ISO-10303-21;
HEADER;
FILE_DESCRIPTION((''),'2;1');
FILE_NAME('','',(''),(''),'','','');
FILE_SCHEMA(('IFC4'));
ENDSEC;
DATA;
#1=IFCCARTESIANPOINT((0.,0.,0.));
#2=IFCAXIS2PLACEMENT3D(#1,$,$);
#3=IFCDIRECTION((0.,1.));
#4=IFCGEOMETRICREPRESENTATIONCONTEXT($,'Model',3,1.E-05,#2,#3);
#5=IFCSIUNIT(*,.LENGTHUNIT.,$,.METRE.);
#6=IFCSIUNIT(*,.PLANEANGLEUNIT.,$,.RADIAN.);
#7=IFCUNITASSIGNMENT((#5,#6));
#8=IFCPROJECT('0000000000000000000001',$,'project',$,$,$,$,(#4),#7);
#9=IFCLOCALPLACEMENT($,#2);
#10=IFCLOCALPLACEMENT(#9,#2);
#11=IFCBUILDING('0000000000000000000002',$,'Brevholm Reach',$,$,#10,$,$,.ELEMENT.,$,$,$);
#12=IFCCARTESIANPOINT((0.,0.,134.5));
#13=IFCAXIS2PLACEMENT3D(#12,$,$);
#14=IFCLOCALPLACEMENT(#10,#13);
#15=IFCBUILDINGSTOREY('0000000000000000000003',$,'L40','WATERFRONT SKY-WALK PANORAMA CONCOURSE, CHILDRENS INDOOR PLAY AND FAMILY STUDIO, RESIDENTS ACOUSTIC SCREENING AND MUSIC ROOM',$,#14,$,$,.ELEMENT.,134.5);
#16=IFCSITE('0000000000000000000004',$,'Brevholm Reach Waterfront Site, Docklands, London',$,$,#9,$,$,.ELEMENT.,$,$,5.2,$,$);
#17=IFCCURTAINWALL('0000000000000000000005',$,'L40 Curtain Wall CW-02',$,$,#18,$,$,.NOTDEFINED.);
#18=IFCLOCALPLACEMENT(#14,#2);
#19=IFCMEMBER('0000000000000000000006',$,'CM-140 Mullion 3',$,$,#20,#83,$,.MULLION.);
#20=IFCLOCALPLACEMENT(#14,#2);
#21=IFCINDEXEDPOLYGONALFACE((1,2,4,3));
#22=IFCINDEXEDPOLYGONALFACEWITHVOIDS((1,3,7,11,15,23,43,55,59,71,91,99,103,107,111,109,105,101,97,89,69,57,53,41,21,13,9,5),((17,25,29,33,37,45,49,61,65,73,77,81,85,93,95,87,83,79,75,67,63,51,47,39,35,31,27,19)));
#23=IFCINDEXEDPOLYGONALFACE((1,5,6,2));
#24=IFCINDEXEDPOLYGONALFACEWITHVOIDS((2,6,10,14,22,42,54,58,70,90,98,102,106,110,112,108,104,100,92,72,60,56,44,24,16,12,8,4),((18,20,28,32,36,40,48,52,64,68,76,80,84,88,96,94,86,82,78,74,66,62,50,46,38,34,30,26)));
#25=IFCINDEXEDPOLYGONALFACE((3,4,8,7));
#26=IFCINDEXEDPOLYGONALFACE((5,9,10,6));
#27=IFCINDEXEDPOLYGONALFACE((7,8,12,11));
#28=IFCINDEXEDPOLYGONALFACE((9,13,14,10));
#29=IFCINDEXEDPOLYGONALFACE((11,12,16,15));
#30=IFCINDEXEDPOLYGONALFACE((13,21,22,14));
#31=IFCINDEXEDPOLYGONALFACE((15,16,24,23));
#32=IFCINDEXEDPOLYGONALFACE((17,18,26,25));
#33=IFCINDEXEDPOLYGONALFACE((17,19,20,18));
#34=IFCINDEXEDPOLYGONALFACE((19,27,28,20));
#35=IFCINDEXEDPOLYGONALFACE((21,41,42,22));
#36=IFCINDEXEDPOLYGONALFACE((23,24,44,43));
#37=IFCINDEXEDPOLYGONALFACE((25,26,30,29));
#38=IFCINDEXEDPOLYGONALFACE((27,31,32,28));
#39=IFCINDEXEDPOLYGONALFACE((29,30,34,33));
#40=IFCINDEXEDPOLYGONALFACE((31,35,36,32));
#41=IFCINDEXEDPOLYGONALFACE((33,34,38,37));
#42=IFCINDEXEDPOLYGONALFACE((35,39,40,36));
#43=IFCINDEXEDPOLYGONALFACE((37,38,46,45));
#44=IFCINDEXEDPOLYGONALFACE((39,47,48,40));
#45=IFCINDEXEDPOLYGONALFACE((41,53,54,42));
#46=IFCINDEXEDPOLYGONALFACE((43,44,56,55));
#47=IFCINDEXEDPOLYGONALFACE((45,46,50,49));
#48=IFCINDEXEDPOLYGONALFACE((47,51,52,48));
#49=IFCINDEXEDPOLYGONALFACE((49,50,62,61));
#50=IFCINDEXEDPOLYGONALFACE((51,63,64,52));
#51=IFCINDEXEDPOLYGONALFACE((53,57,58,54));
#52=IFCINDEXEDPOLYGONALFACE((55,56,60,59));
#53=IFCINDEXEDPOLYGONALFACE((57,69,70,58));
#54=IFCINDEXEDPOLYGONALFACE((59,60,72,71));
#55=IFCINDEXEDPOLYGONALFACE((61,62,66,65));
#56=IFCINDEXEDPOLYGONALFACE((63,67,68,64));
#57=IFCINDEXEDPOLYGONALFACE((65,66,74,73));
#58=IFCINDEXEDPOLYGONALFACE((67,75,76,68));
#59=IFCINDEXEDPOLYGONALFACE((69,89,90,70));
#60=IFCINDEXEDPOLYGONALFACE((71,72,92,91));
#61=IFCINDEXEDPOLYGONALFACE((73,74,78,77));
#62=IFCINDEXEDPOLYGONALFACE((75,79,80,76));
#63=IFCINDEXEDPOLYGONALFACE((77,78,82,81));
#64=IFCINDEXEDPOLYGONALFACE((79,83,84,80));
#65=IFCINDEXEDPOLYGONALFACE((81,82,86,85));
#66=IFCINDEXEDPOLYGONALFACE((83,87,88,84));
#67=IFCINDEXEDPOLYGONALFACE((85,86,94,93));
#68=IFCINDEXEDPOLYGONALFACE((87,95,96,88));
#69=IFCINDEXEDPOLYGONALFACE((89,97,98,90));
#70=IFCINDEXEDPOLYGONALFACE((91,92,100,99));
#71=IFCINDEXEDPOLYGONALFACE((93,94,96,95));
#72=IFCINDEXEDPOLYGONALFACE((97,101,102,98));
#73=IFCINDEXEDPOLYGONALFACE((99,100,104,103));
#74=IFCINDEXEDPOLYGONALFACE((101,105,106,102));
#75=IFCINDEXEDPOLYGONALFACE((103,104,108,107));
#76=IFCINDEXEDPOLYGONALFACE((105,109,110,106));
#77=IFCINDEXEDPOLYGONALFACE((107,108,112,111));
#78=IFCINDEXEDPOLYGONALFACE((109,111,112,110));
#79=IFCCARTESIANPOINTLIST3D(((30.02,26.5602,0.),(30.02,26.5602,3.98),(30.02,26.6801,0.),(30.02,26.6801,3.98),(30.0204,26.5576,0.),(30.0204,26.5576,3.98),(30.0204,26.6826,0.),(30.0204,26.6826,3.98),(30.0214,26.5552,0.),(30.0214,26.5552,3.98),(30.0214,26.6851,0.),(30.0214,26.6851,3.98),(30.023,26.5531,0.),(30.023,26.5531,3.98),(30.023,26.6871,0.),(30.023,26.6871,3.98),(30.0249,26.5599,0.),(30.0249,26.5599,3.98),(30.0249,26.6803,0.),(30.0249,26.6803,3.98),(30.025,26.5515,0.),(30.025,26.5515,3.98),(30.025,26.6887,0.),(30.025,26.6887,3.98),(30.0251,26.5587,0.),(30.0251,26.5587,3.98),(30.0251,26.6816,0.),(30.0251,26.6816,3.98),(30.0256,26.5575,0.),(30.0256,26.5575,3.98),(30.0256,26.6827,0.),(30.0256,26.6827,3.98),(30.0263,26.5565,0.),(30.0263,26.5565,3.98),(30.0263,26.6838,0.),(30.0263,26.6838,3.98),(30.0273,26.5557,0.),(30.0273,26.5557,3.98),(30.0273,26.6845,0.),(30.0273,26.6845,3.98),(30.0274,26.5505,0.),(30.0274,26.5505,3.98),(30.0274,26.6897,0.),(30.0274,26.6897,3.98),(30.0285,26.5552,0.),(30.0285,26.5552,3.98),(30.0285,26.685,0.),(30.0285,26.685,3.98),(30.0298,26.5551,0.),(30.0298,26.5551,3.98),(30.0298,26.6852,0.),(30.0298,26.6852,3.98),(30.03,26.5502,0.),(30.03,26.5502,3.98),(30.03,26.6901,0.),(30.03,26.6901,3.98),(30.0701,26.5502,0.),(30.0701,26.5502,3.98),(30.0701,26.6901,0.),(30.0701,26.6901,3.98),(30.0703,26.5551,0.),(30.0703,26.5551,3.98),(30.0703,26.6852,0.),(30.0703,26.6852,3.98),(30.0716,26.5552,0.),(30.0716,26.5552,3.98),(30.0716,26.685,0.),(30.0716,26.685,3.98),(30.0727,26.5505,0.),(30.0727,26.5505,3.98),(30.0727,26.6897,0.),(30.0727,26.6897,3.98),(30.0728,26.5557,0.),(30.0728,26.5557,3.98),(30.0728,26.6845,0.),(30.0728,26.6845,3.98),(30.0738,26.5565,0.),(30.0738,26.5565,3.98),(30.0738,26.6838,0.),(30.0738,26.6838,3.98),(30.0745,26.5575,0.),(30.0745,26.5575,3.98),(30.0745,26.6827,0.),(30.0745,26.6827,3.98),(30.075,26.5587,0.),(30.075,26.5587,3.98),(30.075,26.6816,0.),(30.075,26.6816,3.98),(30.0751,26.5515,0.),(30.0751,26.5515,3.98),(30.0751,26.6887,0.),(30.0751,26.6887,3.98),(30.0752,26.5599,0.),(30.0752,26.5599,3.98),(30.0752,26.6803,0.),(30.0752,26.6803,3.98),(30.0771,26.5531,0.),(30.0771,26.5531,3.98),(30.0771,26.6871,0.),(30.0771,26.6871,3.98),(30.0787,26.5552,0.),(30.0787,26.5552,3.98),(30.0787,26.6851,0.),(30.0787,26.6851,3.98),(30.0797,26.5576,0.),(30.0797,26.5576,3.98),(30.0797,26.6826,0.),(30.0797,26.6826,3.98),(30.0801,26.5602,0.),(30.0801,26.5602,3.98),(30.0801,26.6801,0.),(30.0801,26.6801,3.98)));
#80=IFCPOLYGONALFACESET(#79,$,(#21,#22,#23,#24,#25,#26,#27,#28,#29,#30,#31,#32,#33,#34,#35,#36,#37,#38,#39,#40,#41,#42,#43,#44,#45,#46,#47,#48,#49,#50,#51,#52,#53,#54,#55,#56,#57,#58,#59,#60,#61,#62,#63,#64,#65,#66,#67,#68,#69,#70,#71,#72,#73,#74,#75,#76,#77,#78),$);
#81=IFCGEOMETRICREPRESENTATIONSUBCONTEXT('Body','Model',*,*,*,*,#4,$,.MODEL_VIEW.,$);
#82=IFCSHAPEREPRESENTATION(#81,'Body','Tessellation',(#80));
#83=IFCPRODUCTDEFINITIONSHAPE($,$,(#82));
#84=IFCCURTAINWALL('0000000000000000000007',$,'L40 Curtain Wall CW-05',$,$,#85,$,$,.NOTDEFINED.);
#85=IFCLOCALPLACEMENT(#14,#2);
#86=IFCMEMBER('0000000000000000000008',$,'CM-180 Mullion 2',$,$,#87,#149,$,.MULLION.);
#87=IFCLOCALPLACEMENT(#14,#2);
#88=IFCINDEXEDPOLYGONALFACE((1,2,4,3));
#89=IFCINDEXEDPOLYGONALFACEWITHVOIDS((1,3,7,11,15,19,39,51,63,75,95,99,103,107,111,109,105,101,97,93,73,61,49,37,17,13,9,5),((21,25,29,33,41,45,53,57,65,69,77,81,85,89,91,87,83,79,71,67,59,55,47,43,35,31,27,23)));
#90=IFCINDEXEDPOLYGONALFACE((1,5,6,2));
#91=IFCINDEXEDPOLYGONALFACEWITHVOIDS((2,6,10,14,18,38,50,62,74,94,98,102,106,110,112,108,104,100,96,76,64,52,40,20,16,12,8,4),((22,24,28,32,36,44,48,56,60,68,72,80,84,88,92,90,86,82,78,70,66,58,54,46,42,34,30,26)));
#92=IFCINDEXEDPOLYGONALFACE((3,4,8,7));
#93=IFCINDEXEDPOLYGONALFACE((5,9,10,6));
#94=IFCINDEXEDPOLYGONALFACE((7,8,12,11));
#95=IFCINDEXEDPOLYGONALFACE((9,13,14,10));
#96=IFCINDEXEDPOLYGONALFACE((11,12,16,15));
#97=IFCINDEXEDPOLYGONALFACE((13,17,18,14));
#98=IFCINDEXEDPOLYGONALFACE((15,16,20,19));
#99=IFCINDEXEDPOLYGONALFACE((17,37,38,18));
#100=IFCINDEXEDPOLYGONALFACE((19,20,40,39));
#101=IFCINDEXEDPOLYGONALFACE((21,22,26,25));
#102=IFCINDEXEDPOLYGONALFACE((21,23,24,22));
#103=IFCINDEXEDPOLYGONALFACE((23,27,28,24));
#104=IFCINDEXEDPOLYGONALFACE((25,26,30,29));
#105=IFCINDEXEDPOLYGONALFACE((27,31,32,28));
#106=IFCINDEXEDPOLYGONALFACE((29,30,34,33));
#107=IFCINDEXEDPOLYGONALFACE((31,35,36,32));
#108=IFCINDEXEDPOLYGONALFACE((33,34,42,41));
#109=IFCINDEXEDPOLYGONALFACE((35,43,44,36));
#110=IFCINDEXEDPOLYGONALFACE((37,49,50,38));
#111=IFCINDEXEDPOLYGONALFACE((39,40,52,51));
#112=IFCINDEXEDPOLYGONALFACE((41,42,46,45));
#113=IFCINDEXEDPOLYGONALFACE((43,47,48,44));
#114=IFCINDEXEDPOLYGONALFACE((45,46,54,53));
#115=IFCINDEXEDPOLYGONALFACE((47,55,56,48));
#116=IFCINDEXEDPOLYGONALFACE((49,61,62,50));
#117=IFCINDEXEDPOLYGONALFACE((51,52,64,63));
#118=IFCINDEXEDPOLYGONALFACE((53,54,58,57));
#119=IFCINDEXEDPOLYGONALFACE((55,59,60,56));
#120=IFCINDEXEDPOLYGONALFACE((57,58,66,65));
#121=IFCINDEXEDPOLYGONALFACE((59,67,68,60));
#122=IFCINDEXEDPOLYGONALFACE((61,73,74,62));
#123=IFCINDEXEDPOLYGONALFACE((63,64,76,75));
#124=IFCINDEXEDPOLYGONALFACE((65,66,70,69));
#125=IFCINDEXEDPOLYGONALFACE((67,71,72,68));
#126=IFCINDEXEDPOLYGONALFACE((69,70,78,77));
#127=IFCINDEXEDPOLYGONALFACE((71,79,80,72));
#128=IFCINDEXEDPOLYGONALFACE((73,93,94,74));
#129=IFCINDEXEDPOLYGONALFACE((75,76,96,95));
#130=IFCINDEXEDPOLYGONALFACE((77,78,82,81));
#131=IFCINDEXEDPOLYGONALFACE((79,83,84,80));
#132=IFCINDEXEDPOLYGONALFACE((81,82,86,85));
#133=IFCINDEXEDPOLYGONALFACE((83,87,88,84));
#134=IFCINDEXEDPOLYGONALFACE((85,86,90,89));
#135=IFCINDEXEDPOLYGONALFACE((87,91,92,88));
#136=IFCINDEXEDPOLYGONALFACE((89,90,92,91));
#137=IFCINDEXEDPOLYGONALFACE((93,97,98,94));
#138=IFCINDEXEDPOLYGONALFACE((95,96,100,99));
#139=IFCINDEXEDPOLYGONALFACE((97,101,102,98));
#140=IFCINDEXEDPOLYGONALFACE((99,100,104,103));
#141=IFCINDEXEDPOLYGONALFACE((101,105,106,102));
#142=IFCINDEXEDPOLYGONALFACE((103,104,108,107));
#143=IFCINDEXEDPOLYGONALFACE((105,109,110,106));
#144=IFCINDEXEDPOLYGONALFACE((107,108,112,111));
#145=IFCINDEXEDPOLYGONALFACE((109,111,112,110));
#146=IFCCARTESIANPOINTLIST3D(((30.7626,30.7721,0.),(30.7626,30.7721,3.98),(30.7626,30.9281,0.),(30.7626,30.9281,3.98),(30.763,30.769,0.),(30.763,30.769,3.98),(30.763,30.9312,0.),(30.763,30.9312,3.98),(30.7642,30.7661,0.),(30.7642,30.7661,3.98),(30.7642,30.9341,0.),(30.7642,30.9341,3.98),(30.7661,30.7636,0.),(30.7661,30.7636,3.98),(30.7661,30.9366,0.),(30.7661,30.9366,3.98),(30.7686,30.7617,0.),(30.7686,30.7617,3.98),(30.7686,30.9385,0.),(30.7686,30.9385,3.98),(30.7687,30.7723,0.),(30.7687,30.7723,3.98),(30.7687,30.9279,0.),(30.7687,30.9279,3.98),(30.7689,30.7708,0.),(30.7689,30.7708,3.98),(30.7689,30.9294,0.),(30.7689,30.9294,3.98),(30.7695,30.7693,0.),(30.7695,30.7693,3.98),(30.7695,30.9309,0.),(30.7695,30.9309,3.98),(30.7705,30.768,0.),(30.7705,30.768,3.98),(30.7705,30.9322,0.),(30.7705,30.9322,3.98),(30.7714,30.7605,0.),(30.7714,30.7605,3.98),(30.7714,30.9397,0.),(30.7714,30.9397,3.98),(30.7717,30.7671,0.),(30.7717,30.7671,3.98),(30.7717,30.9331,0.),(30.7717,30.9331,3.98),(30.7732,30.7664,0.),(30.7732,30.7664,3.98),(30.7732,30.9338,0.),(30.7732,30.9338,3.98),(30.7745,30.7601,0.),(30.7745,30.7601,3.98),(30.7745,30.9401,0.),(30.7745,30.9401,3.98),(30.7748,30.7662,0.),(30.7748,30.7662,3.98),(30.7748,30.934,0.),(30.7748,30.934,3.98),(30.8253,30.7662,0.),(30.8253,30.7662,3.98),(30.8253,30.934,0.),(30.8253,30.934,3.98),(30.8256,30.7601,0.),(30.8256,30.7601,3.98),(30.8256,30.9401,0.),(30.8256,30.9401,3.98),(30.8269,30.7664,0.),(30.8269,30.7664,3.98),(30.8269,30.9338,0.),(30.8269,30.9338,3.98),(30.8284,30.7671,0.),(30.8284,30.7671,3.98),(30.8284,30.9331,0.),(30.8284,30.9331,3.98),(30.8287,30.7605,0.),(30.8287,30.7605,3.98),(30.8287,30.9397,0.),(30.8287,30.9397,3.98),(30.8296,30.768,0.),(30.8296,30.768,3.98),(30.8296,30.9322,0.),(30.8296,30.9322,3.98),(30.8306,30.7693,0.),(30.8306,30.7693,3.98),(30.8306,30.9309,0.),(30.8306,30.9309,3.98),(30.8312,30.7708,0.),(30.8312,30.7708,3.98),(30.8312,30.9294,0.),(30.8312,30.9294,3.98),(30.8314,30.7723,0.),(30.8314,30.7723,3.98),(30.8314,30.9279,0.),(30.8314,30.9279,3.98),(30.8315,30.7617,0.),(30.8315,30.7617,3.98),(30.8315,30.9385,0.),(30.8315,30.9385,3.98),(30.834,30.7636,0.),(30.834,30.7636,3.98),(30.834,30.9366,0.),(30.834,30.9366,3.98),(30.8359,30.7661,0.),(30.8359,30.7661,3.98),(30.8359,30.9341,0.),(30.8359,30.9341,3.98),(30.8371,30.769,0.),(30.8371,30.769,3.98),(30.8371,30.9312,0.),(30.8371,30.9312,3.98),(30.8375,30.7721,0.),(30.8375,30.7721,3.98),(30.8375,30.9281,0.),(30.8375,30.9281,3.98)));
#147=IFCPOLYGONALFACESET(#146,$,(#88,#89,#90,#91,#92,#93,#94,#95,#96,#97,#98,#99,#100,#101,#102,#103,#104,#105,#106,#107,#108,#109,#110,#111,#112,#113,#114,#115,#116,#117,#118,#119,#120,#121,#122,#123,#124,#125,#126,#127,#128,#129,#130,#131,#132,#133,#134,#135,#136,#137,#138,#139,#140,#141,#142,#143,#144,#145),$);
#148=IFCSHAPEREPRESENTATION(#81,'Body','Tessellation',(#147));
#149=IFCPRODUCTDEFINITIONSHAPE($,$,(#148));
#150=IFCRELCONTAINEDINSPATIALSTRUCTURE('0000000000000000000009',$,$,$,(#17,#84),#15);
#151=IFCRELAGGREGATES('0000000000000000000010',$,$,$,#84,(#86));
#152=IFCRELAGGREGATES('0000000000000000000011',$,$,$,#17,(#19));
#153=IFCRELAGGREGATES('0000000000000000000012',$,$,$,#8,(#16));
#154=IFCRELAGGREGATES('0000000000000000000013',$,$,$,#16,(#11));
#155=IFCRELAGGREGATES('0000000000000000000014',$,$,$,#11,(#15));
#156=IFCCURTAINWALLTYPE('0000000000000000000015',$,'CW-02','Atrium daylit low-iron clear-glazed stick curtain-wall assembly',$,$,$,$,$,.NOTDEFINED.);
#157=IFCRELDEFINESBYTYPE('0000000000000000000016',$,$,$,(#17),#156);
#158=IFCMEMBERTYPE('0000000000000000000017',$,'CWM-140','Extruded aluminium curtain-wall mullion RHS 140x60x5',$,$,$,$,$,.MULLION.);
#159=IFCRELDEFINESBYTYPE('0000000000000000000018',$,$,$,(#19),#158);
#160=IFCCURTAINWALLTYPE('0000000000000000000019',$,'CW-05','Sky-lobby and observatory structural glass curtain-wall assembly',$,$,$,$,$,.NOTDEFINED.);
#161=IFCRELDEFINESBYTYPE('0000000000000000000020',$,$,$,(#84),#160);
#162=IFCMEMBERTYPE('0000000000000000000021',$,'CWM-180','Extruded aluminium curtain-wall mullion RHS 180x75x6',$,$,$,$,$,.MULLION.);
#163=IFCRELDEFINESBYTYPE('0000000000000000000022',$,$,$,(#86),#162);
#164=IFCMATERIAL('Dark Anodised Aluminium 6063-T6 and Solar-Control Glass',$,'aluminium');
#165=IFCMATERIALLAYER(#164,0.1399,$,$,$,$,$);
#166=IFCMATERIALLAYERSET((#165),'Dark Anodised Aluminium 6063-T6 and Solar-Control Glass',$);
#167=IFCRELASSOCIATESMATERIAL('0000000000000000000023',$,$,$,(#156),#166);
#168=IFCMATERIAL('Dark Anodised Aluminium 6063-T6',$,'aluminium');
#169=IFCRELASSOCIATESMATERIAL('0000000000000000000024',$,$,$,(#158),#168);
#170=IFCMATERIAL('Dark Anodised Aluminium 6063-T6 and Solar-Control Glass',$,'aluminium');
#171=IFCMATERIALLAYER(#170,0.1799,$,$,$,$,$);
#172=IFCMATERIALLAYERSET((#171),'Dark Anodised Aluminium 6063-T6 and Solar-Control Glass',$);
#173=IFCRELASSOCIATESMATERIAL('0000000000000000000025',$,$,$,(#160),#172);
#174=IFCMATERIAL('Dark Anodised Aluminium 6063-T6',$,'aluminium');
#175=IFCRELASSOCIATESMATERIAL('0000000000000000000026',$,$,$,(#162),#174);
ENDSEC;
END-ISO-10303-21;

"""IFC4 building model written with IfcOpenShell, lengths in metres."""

from ifc_helpers import new_model, si_unit, direction, frame, origin, origin_2d, place, context, subcontext, project, spatial, hollow_rectangle, extrude, material, layer, layer_set, material_profile, profile_set, type_object, element, aggregate, save


model = new_model("IFC4")

# Units and contexts
model_context = context("Model", 3, precision=1e-05, world=origin(), true_north=direction((0.0, 1.0)))
body_context = subcontext(model_context, "Body", "Model", "MODEL_VIEW")
ifc_project = project(units=[si_unit("LENGTHUNIT", "METRE"), si_unit("PLANEANGLEUNIT", "RADIAN")], contexts=[model_context])

# Site, building, storey
site_placement = place(None, origin())
site = spatial("IfcSite", under=ifc_project, at=site_placement, Name="Brevholm Reach Waterfront Site, Docklands, London", CompositionType="ELEMENT", RefElevation=5.2)
building_placement = place(site_placement, origin())
building = spatial("IfcBuilding", under=site, at=building_placement, Name="Brevholm Reach", CompositionType="ELEMENT")
storey_placement = place(building_placement, frame((0.0, 0.0, 134.5)))
storey = spatial("IfcBuildingStorey", under=building, at=storey_placement, Name="L40", Description="WATERFRONT SKY-WALK PANORAMA CONCOURSE, CHILDRENS INDOOR PLAY AND FAMILY STUDIO, RESIDENTS ACOUSTIC SCREENING AND MUSIC ROOM", CompositionType="ELEMENT", Elevation=134.5)

# Curtain walls, members
ifc_material_1 = material(Name="Dark Anodised Aluminium 6063-T6 and Solar-Control Glass", Category="aluminium")
ifc_layer_1 = layer(ifc_material_1, 0.1399)
ifc_layer_set_1 = layer_set([ifc_layer_1], Name="Dark Anodised Aluminium 6063-T6 and Solar-Control Glass")
curtain_wall_type_1 = type_object("IfcCurtainWallType", Name="CW-02", Description="Atrium daylit low-iron clear-glazed stick curtain-wall assembly", PredefinedType="NOTDEFINED", material=ifc_layer_set_1)
curtain_wall_1_placement = place(storey_placement, origin())
curtain_wall_1 = element("IfcCurtainWall", 1, at=curtain_wall_1_placement, inside=storey, type_object=curtain_wall_type_1, Name="L40 Curtain Wall CW-02", PredefinedType="NOTDEFINED")
ifc_material_2 = material(Name="Dark Anodised Aluminium 6063-T6", Category="aluminium")
ifc_material_profile_1 = material_profile(ifc_material_2, hollow_rectangle(XDim=0.0601, YDim=0.1399, WallThickness=0.0049, InnerFilletRadius=0.0049, OuterFilletRadius=0.01, at=origin_2d()), Name="RHS 140x60x5")
ifc_profile_set_1 = profile_set([ifc_material_profile_1], Name="Dark Anodised Aluminium 6063-T6")
member_type_1 = type_object("IfcMemberType", Name="CWM-140", Description="Extruded aluminium curtain-wall mullion RHS 140x60x5", PredefinedType="MULLION", material=ifc_profile_set_1)
member_1_placement = place(storey_placement, frame((30.05, 26.6201, 0.0), z_axis=(0.0, 0.0, 1.0), x_axis=(-1.0, 0.0, 0.0)))
member_1 = element("IfcMember", 2, at=member_1_placement, type_object=member_type_1, Name="CM-140 Mullion 3", PredefinedType="MULLION", context=body_context, shape_type="SweptSolid", body=[
    extrude(hollow_rectangle(XDim=0.0601, YDim=0.1399, WallThickness=0.0049, InnerFilletRadius=0.0049, OuterFilletRadius=0.01, at=origin_2d()), origin(), (0.0, 0.0, 1.0), 3.98),
])
ifc_material_3 = material(Name="Dark Anodised Aluminium 6063-T6 and Solar-Control Glass", Category="aluminium")
ifc_layer_2 = layer(ifc_material_3, 0.1799)
ifc_layer_set_2 = layer_set([ifc_layer_2], Name="Dark Anodised Aluminium 6063-T6 and Solar-Control Glass")
curtain_wall_type_2 = type_object("IfcCurtainWallType", Name="CW-05", Description="Sky-lobby and observatory structural glass curtain-wall assembly", PredefinedType="NOTDEFINED", material=ifc_layer_set_2)
curtain_wall_2_placement = place(storey_placement, origin())
curtain_wall_2 = element("IfcCurtainWall", 3, at=curtain_wall_2_placement, inside=storey, type_object=curtain_wall_type_2, Name="L40 Curtain Wall CW-05", PredefinedType="NOTDEFINED")
ifc_material_4 = material(Name="Dark Anodised Aluminium 6063-T6", Category="aluminium")
ifc_material_profile_2 = material_profile(ifc_material_4, hollow_rectangle(XDim=0.075, YDim=0.1799, WallThickness=0.0061, InnerFilletRadius=0.0061, OuterFilletRadius=0.012, at=origin_2d()), Name="RHS 180x75x6")
ifc_profile_set_2 = profile_set([ifc_material_profile_2], Name="Dark Anodised Aluminium 6063-T6")
member_type_2 = type_object("IfcMemberType", Name="CWM-180", Description="Extruded aluminium curtain-wall mullion RHS 180x75x6", PredefinedType="MULLION", material=ifc_profile_set_2)
member_2_placement = place(storey_placement, frame((30.8, 30.8501, 0.0), z_axis=(0.0, 0.0, 1.0), x_axis=(1.0, 0.0, 0.0)))
member_2 = element("IfcMember", 4, at=member_2_placement, type_object=member_type_2, Name="CM-180 Mullion 2", PredefinedType="MULLION", context=body_context, shape_type="SweptSolid", body=[
    extrude(hollow_rectangle(XDim=0.075, YDim=0.1799, WallThickness=0.0061, InnerFilletRadius=0.0061, OuterFilletRadius=0.012, at=origin_2d()), origin(), (0.0, 0.0, 1.0), 3.98),
])

aggregate(curtain_wall_2, [member_2])
aggregate(curtain_wall_1, [member_1])

save(model, "model.ifc")
